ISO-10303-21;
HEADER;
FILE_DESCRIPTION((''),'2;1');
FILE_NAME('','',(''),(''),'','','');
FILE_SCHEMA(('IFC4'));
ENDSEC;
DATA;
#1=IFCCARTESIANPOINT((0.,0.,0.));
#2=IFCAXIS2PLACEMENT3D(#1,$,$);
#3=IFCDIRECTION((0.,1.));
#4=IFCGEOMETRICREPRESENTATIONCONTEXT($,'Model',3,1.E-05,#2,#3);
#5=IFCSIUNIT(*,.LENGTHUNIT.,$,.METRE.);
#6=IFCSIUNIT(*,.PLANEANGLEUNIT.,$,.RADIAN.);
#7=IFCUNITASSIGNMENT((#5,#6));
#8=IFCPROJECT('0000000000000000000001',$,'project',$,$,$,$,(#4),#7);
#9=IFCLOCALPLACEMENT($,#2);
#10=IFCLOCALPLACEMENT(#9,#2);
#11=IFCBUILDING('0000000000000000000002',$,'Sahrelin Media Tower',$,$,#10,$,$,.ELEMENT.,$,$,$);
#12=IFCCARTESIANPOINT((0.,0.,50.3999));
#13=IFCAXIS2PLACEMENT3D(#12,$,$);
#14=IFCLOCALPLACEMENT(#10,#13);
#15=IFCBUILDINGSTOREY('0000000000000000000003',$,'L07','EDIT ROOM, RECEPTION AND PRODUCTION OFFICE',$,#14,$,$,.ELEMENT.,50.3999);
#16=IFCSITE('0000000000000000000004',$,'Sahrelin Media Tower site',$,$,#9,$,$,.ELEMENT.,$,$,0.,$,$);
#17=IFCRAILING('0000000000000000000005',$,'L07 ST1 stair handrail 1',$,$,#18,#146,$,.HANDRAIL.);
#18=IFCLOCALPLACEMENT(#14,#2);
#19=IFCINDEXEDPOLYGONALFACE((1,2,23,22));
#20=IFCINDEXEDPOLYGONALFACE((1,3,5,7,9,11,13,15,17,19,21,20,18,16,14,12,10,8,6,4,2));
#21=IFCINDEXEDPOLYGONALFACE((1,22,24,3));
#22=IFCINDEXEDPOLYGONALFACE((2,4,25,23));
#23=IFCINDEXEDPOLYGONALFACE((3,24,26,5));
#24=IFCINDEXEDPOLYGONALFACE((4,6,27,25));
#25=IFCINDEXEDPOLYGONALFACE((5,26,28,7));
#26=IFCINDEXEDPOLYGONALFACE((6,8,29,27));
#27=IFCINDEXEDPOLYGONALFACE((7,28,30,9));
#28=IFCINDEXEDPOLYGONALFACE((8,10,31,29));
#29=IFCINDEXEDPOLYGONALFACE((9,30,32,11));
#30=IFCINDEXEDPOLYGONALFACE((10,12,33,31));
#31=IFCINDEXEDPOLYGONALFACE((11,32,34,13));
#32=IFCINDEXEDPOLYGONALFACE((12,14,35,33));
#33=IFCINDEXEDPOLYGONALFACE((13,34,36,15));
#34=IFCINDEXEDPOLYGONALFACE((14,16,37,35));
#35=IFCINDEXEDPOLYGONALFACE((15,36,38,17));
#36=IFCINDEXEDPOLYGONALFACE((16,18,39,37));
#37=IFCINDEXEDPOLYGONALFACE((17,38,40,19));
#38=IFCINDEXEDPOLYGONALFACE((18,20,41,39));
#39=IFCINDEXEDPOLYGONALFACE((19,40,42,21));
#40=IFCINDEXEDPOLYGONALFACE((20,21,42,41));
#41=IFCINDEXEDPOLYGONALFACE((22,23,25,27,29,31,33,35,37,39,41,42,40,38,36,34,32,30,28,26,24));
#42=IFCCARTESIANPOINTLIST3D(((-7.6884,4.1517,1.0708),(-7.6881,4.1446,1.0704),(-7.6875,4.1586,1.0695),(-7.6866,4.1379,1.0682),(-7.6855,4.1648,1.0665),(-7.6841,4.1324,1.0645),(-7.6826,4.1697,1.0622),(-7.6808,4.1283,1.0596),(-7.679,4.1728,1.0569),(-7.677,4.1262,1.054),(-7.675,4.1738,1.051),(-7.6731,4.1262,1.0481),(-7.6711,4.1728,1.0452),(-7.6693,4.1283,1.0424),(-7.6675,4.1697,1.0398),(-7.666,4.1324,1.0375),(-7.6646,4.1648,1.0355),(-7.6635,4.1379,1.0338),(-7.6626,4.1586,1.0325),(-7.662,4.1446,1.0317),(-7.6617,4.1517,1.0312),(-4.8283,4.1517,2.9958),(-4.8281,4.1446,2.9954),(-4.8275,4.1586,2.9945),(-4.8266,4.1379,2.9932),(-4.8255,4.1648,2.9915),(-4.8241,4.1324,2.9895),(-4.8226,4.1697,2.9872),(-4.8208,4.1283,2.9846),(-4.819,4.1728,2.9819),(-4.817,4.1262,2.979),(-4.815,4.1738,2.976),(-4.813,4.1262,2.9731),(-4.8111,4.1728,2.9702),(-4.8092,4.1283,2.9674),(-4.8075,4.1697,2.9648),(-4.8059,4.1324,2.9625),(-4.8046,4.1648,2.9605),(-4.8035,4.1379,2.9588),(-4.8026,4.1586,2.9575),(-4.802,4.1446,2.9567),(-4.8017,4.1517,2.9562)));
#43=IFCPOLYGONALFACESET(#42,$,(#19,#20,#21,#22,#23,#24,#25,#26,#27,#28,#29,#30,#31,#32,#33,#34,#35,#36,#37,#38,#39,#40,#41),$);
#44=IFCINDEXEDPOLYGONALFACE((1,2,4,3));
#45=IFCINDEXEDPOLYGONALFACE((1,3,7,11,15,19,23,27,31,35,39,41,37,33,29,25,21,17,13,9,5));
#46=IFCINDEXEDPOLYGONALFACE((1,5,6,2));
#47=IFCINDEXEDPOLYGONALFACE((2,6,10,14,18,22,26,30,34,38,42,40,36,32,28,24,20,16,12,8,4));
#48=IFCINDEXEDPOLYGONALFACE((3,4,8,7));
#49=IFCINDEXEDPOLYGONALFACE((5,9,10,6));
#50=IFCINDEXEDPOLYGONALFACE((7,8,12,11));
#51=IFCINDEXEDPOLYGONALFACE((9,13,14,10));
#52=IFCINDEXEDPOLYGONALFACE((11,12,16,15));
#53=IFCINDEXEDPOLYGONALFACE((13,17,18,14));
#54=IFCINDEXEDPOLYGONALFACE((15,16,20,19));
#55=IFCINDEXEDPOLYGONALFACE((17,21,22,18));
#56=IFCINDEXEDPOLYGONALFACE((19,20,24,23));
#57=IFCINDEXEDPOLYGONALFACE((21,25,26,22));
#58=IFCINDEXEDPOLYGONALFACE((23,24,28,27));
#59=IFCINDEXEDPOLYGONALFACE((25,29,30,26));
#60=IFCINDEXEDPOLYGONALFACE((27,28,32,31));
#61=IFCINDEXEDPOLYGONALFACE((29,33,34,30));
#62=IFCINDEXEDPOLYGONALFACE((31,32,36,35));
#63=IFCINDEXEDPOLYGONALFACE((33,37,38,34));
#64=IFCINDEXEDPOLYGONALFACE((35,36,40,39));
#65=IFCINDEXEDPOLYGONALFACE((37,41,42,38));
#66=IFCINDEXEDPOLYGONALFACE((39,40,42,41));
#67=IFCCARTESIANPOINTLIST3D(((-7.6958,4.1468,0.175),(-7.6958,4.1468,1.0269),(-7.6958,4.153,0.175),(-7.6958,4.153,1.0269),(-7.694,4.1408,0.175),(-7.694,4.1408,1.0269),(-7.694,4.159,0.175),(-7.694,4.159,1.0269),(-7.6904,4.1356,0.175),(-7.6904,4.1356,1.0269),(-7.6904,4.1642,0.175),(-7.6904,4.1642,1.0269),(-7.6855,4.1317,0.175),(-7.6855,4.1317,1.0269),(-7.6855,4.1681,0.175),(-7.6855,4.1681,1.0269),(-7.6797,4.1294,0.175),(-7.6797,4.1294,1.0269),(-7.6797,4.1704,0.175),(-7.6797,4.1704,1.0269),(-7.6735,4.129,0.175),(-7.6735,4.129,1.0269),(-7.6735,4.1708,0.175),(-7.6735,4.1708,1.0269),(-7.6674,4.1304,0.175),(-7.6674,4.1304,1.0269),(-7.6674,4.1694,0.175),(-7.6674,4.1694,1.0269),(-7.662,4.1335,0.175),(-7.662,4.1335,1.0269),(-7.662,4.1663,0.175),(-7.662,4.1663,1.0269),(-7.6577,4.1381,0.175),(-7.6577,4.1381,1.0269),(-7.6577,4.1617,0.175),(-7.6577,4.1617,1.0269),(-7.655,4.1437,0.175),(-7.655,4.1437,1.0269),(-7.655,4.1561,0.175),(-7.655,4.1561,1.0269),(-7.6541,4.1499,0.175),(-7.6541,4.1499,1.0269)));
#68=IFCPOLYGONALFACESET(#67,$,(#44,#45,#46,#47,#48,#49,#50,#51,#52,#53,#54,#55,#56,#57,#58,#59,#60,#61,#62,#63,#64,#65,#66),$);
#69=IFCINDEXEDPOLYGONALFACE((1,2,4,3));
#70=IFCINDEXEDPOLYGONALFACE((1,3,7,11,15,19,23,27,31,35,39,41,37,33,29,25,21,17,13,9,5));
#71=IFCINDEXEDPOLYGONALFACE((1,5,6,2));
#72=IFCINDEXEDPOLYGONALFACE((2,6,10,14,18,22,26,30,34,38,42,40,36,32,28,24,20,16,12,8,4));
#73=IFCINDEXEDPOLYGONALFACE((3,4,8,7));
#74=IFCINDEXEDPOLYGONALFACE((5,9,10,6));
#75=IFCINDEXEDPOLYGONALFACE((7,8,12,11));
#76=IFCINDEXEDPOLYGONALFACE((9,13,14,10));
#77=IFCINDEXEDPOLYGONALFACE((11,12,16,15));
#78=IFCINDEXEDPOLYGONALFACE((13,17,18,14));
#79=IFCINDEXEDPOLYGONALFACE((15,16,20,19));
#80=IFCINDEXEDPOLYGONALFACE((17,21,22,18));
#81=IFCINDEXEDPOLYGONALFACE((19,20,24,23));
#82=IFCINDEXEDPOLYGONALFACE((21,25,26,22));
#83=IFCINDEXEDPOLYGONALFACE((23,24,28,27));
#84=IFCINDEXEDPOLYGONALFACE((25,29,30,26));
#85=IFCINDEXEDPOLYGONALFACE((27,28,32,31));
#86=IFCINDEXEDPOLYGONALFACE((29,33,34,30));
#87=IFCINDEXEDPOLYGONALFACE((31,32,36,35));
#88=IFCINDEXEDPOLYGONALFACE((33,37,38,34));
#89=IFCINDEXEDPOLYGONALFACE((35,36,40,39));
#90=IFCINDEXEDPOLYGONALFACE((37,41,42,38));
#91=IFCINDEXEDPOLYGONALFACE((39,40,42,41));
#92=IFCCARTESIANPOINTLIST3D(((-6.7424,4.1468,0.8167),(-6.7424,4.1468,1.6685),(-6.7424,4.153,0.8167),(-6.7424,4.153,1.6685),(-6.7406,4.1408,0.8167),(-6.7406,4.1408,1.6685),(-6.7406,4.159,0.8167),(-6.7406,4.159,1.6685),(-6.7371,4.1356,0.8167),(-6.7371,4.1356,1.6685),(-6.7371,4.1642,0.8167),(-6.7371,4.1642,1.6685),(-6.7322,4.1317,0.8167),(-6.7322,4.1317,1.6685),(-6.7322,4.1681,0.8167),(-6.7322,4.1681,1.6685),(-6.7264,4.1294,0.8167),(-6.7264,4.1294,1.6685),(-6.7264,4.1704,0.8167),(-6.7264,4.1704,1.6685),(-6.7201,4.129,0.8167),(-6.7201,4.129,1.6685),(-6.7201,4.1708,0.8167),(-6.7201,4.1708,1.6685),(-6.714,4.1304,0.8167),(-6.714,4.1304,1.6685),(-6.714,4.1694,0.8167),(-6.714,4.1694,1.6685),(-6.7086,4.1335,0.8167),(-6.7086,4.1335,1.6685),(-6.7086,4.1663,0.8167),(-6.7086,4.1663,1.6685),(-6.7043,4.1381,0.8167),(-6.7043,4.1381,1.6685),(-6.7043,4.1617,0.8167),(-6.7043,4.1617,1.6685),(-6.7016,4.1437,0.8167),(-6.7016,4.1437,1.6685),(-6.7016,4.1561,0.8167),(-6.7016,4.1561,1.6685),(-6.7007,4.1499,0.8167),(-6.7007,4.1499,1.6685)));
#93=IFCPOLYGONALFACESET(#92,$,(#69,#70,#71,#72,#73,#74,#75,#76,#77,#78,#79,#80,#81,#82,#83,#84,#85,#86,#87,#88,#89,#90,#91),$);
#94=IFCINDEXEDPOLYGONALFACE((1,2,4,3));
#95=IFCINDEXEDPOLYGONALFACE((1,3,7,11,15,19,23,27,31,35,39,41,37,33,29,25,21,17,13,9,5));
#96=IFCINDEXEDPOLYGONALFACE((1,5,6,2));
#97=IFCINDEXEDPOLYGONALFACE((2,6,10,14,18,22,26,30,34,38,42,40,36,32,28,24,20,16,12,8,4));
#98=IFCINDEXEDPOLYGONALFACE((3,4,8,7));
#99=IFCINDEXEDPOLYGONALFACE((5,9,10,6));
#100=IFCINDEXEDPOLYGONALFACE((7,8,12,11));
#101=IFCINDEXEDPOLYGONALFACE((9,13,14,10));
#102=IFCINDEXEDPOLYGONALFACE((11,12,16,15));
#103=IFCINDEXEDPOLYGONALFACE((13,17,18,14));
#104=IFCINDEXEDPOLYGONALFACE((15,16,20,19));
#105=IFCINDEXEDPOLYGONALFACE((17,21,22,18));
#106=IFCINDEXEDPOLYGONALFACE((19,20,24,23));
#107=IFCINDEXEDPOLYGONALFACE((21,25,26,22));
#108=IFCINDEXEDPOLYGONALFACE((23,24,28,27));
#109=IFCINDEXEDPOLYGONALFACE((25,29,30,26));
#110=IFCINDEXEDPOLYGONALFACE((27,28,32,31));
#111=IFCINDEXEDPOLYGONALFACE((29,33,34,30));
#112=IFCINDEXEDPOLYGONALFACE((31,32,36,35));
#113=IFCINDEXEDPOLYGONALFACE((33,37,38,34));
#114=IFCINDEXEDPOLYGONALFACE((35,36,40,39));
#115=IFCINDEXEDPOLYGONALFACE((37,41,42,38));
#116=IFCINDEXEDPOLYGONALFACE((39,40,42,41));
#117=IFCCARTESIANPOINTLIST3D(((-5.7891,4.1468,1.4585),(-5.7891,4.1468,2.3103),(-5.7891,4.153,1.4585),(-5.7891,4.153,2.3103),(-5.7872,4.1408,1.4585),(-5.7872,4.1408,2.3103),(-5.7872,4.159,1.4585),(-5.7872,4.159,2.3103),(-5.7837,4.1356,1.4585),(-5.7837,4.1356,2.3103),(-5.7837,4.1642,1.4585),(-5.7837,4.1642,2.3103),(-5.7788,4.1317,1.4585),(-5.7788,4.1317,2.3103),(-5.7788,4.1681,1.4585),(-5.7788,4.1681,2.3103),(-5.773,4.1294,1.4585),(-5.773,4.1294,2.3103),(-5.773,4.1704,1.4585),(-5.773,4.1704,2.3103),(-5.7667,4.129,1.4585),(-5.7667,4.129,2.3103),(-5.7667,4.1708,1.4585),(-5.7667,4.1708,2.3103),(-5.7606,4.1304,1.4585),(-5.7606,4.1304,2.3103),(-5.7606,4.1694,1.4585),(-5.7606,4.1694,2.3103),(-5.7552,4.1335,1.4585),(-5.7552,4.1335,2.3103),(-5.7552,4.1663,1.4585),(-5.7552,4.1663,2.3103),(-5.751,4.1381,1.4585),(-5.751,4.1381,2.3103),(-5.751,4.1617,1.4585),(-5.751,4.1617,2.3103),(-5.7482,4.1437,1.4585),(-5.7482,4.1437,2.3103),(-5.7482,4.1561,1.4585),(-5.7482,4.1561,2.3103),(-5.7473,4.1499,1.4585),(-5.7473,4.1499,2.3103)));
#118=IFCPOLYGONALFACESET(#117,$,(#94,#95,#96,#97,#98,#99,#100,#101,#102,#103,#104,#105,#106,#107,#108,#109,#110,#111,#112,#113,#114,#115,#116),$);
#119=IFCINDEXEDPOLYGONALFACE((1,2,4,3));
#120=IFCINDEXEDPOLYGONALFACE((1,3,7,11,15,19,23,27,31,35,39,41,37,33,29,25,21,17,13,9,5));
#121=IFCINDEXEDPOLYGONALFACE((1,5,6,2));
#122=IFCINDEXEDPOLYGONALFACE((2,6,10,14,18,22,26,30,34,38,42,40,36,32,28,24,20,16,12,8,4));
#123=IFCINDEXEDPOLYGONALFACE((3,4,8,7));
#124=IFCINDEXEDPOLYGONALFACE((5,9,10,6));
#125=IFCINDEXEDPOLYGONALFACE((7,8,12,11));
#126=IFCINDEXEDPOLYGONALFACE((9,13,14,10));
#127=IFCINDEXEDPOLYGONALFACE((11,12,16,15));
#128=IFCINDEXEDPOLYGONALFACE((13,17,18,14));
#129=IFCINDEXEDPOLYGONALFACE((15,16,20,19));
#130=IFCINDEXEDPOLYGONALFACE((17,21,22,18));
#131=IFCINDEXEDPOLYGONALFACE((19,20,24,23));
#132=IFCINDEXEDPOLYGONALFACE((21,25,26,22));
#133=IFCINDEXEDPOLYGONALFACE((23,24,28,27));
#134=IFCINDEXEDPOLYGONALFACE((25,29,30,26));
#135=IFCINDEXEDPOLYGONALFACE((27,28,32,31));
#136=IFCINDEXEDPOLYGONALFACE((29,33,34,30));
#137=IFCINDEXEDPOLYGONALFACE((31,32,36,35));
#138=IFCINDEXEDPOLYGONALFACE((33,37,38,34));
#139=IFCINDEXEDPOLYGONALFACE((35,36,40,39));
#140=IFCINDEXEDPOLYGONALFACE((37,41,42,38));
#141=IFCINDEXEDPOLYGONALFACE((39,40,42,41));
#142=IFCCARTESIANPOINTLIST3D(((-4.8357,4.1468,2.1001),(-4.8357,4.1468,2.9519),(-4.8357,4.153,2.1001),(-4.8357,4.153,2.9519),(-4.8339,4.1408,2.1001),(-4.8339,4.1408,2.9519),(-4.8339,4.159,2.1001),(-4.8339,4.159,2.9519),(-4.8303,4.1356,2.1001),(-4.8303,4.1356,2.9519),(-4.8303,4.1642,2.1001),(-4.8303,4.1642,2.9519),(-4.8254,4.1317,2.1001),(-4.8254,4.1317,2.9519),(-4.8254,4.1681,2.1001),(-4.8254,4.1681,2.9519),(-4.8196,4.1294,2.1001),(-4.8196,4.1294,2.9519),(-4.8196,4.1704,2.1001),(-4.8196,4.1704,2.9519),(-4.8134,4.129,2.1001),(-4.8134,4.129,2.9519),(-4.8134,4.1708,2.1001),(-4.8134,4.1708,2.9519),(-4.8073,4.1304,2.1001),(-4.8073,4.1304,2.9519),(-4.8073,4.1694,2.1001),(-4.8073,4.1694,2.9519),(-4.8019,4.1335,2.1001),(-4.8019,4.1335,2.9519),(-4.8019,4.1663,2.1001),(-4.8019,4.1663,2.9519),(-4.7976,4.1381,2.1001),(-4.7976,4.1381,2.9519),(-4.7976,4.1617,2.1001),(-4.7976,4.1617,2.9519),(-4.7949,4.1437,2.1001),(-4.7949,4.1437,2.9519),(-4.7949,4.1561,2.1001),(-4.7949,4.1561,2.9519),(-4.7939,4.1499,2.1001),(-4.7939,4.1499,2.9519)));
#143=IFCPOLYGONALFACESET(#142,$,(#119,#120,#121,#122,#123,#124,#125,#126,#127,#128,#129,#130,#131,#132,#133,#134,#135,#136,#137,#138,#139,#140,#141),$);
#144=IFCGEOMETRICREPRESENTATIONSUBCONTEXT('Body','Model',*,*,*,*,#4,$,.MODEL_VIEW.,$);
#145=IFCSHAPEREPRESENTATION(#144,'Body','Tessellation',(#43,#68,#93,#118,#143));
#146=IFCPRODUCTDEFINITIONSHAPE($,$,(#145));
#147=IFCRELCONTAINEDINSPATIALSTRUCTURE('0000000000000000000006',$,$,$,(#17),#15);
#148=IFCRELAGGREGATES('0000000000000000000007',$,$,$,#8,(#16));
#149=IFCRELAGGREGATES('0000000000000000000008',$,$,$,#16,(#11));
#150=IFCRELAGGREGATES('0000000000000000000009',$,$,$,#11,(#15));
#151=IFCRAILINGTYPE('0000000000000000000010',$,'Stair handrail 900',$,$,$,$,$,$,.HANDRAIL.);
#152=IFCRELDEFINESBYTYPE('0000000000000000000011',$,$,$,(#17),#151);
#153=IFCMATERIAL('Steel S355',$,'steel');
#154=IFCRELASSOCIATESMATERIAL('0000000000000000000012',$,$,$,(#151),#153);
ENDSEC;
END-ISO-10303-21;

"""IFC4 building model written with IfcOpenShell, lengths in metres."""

from ifc_helpers import new_model, si_unit, direction, frame, origin, origin_2d, place, context, subcontext, project, spatial, circle, extrude, material, type_object, element, save


model = new_model("IFC4")

# Units and contexts
model_context = context("Model", 3, precision=1e-05, world=origin(), true_north=direction((0.0, 1.0)))
body_context = subcontext(model_context, "Body", "Model", "MODEL_VIEW")
ifc_project = project(units=[si_unit("LENGTHUNIT", "METRE"), si_unit("PLANEANGLEUNIT", "RADIAN")], contexts=[model_context])

# Site, building, storey
site_placement = place(None, origin())
site = spatial("IfcSite", under=ifc_project, at=site_placement, Name="Sahrelin Media Tower site", CompositionType="ELEMENT", RefElevation=0.0)
building_placement = place(site_placement, origin())
building = spatial("IfcBuilding", under=site, at=building_placement, Name="Sahrelin Media Tower", CompositionType="ELEMENT")
storey_placement = place(building_placement, frame((0.0, 0.0, 50.3999)))
storey = spatial("IfcBuildingStorey", under=building, at=storey_placement, Name="L07", Description="EDIT ROOM, RECEPTION AND PRODUCTION OFFICE", CompositionType="ELEMENT", Elevation=50.3999)

# Shared definitions
ifc_material_1 = material(Name="Steel S355", Category="steel")

# Railing
railing_type_1 = type_object("IfcRailingType", Name="Stair handrail 900", PredefinedType="HANDRAIL", material=ifc_material_1)
railing_1_placement = place(storey_placement, frame((-7.675, 4.1499, 0.175)))
element("IfcRailing", 1, at=railing_1_placement, inside=storey, type_object=railing_type_1, Name="L07 ST1 stair handrail 1", PredefinedType="HANDRAIL", context=body_context, shape_type="SweptSolid", body=[
    extrude(circle(Radius=0.0239, at=origin_2d()), frame((0.0, 0.0, 0.876), z_axis=(0.829591, 0.0, 0.558372), x_axis=(0.0, 1.0, 0.0)), (0.0, 0.0, 1.0), 3.4475),
    extrude(circle(Radius=0.021, at=origin_2d()), origin(), (0.0, 0.0, 1.0), 0.8518),
    extrude(circle(Radius=0.021, at=origin_2d()), frame((0.9534, 0.0, 0.6416)), (0.0, 0.0, 1.0), 0.8518),
    extrude(circle(Radius=0.021, at=origin_2d()), frame((1.9067, 0.0, 1.2834)), (0.0, 0.0, 1.0), 0.8518),
    extrude(circle(Radius=0.021, at=origin_2d()), frame((2.8601, 0.0, 1.925)), (0.0, 0.0, 1.0), 0.8518),
])

save(model, "model.ifc")
